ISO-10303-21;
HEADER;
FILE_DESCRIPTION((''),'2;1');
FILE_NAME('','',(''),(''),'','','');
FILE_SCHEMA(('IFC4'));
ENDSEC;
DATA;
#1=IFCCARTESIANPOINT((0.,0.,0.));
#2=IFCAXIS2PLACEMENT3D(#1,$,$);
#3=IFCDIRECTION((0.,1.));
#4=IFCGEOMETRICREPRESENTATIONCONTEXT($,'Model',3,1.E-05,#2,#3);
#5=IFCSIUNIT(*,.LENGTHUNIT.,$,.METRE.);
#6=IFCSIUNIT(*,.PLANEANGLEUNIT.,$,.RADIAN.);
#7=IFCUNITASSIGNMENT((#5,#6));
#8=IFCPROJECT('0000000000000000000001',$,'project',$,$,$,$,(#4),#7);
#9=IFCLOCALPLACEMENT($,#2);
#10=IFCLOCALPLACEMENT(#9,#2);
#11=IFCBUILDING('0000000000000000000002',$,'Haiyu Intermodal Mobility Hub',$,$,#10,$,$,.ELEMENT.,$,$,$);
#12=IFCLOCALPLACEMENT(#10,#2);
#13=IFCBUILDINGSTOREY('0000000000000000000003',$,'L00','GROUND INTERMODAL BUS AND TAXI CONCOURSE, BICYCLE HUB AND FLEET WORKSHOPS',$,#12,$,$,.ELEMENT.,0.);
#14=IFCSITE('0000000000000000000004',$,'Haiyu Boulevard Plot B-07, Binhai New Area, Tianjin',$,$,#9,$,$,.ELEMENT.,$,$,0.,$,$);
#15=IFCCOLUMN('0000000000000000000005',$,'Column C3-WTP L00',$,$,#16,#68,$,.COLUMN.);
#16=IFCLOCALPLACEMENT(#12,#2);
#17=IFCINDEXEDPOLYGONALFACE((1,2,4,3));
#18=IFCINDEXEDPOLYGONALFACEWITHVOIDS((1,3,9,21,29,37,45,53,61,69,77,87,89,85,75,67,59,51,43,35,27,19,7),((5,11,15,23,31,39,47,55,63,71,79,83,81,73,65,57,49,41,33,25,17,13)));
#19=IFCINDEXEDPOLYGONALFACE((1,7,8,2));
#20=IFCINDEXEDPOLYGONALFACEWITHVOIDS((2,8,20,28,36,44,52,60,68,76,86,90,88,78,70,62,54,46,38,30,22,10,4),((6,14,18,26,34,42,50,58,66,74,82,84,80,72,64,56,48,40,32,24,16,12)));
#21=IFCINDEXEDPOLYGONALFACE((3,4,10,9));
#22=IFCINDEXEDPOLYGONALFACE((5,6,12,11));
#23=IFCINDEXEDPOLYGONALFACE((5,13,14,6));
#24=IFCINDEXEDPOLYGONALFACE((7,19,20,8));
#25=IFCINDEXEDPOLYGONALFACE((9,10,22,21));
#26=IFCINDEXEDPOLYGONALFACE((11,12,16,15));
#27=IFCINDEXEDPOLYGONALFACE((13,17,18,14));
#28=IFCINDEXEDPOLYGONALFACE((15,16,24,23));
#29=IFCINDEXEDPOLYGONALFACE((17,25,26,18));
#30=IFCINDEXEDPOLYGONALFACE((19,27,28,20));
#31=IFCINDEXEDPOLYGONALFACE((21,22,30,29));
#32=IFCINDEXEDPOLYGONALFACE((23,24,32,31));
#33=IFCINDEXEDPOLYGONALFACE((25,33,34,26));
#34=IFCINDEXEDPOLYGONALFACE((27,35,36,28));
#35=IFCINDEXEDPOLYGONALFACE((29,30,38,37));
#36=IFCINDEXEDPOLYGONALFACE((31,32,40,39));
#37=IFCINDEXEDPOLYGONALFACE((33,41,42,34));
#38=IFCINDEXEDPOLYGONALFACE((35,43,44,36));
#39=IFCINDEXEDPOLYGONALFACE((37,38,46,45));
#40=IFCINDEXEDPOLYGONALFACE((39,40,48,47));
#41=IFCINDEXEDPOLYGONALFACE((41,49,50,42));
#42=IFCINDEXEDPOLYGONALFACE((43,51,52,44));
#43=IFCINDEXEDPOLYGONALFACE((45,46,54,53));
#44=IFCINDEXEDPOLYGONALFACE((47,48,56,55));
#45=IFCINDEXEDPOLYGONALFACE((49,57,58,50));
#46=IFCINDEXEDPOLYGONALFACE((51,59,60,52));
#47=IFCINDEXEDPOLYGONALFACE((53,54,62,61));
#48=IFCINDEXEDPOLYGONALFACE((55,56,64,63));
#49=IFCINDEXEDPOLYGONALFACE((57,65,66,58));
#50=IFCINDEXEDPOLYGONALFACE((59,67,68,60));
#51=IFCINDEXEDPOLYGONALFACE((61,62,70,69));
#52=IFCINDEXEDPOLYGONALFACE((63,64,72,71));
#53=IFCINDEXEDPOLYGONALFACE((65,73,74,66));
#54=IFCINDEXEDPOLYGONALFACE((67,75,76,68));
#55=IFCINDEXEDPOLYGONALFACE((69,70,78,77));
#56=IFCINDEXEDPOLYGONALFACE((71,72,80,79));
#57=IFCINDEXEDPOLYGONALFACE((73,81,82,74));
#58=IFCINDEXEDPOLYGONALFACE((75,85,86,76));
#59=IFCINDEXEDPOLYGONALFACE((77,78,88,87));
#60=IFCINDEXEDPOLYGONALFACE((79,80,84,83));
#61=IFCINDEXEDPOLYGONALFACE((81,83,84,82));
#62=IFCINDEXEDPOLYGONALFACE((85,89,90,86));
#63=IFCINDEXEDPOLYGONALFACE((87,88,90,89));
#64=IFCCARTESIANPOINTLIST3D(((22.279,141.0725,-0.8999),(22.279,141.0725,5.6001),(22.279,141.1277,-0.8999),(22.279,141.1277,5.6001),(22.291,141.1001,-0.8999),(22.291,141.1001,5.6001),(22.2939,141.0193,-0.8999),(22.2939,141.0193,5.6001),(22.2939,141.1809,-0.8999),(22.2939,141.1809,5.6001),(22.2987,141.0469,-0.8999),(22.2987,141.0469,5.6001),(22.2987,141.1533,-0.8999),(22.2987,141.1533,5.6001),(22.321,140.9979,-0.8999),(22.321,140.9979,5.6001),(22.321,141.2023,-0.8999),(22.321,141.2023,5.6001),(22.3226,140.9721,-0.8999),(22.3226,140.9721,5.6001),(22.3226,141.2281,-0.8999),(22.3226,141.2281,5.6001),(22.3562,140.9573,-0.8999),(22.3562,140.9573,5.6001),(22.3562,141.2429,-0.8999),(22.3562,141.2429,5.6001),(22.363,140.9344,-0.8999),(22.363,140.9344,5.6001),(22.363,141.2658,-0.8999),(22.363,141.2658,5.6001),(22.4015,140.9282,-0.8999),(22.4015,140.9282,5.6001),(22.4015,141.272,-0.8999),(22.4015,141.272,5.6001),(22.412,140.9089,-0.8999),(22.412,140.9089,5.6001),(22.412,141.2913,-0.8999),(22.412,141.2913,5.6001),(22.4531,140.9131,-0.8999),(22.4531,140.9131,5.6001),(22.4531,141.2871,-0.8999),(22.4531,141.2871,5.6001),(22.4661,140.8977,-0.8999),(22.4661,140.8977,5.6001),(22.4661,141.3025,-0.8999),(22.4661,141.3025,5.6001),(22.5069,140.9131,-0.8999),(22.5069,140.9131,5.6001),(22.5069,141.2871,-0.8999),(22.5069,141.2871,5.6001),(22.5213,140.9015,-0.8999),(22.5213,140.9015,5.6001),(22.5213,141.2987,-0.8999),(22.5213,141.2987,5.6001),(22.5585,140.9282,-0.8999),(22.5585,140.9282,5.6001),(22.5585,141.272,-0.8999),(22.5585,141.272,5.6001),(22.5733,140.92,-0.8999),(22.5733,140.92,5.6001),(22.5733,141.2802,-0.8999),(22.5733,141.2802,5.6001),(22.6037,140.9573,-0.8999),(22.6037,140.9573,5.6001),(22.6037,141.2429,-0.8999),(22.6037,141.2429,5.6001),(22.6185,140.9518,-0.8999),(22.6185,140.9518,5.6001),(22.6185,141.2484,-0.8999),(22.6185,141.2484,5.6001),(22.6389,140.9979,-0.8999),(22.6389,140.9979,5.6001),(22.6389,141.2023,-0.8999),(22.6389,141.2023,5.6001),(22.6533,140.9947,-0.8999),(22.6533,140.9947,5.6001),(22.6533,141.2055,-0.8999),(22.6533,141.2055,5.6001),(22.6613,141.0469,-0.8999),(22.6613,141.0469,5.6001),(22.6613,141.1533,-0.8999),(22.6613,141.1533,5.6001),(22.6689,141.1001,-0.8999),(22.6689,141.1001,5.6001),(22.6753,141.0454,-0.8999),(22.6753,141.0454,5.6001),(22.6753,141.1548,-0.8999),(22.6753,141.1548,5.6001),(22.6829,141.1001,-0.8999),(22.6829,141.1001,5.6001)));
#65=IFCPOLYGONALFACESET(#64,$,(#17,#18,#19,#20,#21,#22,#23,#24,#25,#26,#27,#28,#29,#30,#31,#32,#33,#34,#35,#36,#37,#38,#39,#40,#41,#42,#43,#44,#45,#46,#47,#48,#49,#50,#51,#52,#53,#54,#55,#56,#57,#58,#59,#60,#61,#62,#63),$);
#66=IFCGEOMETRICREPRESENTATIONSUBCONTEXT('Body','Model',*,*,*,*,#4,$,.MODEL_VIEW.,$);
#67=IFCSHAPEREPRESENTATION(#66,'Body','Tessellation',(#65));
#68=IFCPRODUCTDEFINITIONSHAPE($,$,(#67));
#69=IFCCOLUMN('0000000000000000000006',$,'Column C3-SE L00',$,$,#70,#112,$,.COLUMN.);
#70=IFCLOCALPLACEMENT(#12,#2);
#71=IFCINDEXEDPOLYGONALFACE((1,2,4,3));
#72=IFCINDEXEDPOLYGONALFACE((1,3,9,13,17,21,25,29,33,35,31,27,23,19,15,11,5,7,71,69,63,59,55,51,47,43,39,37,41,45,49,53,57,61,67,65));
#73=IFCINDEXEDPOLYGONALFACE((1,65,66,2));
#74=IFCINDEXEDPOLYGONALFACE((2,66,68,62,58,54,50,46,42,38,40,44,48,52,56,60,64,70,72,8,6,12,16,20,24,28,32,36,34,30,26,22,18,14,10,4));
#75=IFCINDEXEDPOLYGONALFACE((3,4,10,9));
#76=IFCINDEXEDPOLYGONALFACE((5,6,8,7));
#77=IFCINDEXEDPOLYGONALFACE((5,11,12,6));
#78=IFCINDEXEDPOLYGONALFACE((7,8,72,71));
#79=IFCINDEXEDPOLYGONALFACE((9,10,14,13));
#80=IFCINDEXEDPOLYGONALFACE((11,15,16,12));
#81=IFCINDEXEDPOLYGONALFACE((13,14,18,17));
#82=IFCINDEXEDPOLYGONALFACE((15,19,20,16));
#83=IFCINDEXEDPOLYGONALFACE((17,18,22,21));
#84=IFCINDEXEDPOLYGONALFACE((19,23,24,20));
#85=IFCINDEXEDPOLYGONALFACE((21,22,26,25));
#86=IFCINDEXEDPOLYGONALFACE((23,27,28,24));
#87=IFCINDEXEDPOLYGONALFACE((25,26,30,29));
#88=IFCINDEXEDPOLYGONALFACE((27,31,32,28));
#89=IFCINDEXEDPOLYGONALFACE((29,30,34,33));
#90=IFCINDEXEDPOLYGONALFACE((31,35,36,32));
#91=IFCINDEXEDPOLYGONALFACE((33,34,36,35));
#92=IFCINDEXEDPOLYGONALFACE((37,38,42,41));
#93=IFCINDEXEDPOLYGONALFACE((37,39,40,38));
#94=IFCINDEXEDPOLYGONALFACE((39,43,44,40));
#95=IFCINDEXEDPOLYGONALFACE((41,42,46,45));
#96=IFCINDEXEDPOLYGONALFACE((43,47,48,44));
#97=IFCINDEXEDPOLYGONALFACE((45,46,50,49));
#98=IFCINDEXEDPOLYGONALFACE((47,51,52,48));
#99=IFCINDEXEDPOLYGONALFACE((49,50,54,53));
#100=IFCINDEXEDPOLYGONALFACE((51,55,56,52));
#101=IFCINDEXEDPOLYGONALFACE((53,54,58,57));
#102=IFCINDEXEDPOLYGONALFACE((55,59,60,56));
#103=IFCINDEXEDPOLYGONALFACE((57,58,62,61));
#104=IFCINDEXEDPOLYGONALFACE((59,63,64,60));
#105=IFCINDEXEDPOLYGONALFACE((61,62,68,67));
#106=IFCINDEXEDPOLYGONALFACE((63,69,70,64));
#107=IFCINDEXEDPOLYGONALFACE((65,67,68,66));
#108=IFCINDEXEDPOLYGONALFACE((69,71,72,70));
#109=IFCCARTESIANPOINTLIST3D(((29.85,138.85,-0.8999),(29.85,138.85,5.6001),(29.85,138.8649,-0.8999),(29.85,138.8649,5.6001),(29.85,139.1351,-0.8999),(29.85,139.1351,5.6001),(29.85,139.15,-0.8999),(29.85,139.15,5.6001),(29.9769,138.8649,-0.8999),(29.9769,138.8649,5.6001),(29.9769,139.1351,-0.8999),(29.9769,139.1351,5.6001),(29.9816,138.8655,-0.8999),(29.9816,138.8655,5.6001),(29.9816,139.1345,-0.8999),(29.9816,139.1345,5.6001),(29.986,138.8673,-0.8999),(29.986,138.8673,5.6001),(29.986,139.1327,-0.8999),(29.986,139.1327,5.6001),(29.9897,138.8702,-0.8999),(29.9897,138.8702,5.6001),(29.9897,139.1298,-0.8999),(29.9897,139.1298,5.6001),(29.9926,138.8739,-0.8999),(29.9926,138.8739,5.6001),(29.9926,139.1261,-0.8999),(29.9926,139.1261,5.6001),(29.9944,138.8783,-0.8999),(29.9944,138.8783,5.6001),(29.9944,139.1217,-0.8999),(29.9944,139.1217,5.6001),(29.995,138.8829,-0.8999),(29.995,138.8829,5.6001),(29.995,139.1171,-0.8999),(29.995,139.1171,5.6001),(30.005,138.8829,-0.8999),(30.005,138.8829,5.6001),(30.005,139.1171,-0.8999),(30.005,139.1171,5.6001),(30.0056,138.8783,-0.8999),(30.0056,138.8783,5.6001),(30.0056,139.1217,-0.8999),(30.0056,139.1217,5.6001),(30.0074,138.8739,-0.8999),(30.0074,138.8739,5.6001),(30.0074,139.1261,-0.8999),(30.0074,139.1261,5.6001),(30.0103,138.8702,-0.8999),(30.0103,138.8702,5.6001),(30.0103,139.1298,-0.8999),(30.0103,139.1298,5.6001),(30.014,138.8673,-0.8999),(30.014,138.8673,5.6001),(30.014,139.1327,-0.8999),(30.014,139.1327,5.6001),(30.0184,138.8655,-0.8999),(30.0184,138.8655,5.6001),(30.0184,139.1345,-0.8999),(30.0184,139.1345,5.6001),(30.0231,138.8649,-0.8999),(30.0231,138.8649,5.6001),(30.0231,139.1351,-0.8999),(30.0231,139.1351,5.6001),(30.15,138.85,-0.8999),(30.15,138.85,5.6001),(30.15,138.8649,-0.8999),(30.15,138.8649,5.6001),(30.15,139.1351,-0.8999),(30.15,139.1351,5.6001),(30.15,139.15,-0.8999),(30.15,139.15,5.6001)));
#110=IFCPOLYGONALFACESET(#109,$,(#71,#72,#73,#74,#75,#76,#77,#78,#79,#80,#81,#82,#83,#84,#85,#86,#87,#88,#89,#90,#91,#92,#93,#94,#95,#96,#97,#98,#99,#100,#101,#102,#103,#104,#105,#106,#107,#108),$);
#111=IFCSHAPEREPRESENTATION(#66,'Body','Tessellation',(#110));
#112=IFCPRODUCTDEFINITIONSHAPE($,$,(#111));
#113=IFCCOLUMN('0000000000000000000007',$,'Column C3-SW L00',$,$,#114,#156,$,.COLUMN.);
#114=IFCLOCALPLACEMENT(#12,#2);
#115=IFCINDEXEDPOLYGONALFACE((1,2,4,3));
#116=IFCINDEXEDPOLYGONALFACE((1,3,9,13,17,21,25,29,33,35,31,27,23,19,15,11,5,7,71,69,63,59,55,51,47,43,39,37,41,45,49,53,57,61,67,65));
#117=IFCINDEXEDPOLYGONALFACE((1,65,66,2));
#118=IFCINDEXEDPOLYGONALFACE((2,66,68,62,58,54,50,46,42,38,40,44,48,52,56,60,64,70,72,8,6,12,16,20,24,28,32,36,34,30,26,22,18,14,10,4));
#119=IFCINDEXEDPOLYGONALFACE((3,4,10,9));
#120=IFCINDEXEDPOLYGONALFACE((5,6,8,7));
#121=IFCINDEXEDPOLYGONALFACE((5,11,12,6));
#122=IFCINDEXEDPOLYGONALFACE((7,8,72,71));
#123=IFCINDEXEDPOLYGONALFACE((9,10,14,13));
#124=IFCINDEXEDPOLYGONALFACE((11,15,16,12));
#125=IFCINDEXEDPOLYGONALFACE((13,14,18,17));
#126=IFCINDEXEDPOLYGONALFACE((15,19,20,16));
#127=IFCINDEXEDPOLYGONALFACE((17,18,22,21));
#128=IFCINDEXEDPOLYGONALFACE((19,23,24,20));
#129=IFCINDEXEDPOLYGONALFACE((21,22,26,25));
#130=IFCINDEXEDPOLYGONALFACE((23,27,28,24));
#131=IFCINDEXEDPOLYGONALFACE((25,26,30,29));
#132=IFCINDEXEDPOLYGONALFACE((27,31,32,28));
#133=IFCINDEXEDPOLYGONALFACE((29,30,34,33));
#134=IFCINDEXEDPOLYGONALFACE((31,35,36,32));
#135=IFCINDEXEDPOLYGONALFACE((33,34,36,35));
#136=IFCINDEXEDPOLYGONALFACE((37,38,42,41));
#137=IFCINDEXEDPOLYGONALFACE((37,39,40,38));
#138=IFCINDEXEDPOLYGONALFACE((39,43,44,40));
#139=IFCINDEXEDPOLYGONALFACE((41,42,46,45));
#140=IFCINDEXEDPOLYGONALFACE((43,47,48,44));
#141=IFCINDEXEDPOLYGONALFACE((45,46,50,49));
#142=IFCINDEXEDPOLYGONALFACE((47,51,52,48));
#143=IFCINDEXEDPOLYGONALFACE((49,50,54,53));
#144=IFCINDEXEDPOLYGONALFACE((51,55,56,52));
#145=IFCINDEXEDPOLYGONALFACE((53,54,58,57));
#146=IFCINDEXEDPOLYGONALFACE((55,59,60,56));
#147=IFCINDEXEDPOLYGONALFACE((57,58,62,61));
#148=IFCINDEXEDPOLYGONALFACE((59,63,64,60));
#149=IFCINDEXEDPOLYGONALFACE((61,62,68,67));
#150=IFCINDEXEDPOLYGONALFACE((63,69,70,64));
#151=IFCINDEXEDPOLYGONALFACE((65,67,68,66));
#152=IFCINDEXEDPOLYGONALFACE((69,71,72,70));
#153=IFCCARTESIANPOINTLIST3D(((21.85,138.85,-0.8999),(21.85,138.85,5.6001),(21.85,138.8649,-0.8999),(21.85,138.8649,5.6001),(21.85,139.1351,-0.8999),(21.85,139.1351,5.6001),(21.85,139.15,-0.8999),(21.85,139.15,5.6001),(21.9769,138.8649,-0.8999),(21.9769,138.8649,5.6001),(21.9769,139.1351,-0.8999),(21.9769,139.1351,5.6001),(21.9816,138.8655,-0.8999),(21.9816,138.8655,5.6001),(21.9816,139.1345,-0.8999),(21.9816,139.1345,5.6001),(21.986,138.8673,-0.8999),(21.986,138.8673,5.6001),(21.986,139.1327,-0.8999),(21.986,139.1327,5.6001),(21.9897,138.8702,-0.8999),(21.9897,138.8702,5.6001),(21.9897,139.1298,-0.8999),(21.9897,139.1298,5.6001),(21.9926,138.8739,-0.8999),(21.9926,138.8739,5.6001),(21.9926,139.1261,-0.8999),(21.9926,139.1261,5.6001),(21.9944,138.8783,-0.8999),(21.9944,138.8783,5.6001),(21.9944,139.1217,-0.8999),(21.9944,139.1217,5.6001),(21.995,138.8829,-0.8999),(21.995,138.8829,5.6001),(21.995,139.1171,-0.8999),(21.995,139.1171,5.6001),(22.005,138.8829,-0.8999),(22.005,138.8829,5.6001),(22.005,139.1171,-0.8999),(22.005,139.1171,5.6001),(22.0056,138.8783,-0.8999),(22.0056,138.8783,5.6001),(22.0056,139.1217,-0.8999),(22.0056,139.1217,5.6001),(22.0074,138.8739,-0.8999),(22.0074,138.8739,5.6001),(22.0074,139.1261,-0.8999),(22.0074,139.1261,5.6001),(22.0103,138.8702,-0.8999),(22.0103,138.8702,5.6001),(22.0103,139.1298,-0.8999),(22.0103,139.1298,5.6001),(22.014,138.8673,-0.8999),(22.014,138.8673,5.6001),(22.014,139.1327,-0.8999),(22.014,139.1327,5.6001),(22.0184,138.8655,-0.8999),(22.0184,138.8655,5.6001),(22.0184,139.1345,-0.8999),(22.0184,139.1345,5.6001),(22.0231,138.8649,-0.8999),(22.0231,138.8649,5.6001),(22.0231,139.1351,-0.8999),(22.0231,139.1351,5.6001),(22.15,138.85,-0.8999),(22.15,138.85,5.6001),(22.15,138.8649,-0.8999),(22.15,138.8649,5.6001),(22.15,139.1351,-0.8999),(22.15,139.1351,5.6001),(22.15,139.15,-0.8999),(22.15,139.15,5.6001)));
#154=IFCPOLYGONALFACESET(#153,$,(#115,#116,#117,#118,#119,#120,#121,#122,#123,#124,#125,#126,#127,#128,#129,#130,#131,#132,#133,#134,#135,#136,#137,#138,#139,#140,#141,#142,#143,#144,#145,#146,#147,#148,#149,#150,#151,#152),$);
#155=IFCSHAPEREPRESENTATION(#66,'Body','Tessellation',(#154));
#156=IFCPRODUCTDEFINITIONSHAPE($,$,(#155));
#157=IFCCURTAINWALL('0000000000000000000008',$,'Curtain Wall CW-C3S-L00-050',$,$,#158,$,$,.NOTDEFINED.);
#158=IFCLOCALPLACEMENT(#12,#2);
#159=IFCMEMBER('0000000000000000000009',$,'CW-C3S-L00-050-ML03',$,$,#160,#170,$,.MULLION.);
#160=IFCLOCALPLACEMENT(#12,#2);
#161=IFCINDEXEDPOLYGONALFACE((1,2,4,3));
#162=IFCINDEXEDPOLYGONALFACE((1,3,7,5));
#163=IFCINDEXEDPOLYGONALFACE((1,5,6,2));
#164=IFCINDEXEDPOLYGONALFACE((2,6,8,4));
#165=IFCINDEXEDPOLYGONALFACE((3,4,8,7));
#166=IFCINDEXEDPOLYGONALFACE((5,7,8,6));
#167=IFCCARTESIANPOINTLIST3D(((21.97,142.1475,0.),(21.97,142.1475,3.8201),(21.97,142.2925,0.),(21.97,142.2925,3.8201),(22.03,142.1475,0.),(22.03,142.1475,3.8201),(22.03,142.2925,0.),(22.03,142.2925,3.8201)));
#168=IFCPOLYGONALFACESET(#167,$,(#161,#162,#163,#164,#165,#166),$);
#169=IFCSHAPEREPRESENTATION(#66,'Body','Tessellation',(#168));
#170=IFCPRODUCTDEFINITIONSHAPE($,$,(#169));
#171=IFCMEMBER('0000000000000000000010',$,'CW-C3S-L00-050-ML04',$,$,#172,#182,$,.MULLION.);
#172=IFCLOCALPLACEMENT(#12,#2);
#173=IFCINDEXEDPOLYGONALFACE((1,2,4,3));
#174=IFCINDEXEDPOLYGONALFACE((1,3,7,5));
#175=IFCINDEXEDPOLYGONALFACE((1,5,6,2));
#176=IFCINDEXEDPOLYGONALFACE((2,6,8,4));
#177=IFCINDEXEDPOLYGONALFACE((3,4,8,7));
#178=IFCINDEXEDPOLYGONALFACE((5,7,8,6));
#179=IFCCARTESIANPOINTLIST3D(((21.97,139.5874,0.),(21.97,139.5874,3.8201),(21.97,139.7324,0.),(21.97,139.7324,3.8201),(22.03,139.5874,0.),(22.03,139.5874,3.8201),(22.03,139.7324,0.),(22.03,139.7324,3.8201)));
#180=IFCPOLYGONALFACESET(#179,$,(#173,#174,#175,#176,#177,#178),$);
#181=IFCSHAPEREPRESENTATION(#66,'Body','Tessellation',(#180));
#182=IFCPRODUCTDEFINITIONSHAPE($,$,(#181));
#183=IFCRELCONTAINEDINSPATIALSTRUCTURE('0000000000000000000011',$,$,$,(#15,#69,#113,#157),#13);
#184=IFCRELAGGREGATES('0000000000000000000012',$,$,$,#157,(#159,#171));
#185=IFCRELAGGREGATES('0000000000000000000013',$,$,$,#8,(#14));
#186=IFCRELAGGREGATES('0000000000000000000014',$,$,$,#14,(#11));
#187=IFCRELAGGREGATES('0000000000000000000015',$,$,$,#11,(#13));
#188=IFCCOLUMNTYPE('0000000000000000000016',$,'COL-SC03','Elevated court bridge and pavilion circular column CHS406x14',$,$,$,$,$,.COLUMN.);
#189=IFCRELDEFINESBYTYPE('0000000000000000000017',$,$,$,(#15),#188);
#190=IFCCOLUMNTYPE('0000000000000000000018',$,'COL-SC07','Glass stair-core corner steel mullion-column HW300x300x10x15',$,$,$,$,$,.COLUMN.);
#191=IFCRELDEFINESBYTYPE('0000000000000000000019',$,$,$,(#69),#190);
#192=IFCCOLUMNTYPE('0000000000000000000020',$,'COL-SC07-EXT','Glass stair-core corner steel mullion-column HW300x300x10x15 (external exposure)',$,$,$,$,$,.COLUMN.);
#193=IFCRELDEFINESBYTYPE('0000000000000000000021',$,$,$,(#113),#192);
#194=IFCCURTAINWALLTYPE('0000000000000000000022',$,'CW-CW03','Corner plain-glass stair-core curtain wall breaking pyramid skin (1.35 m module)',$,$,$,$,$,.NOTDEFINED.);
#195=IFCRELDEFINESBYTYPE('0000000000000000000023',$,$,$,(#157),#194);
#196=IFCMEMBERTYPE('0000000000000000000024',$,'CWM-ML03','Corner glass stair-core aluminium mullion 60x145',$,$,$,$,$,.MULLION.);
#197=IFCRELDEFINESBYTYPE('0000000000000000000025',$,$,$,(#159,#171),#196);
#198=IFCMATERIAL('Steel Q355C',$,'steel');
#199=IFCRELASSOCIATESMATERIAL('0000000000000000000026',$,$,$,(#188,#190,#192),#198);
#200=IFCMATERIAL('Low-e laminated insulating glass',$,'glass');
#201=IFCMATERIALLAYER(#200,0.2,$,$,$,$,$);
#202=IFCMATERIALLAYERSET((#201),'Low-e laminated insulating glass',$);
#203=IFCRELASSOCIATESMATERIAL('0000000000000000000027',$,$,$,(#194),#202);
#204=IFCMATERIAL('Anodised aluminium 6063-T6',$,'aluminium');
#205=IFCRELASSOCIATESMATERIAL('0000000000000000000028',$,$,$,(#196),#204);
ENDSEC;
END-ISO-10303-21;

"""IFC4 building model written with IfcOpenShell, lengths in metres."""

from ifc_helpers import new_model, si_unit, direction, frame, origin, origin_2d, place, context, subcontext, project, spatial, rectangle, hollow_circle, i_section, extrude, material, layer, layer_set, material_profile, profile_set, type_object, element, aggregate, save


model = new_model("IFC4")

# Units and contexts
model_context = context("Model", 3, precision=1e-05, world=origin(), true_north=direction((0.0, 1.0)))
body_context = subcontext(model_context, "Body", "Model", "MODEL_VIEW")
ifc_project = project(units=[si_unit("LENGTHUNIT", "METRE"), si_unit("PLANEANGLEUNIT", "RADIAN")], contexts=[model_context])

# Site, building, storey
site_placement = place(None, origin())
site = spatial("IfcSite", under=ifc_project, at=site_placement, Name="Haiyu Boulevard Plot B-07, Binhai New Area, Tianjin", CompositionType="ELEMENT", RefElevation=0.0)
building_placement = place(site_placement, origin())
building = spatial("IfcBuilding", under=site, at=building_placement, Name="Haiyu Intermodal Mobility Hub", CompositionType="ELEMENT")
storey_placement = place(building_placement, origin())
storey = spatial("IfcBuildingStorey", under=building, at=storey_placement, Name="L00", Description="GROUND INTERMODAL BUS AND TAXI CONCOURSE, BICYCLE HUB AND FLEET WORKSHOPS", CompositionType="ELEMENT", Elevation=0.0)

# Columns
ifc_material_1 = material(Name="Steel Q355C", Category="steel")
ifc_material_profile_1 = material_profile(ifc_material_1, hollow_circle(Radius=0.2029, WallThickness=0.0139, at=origin_2d()), Name="CHS406x14")
ifc_profile_set_1 = profile_set([ifc_material_profile_1], Name="Steel Q355C")
column_type_1 = type_object("IfcColumnType", Name="COL-SC03", Description="Elevated court bridge and pavilion circular column CHS406x14", PredefinedType="COLUMN", material=ifc_profile_set_1)
for number, where, z_axis, x_axis, name in (
    (1, (22.48, 141.1001, -0.8999), (0.0, 0.0, 1.0), (1.0, 0.0, 0.0), "Column C3-WTP L00"),
):
    element("IfcColumn", number, at=place(storey_placement, frame(where, z_axis=z_axis, x_axis=x_axis)), inside=storey, type_object=column_type_1, Name=name, PredefinedType="COLUMN", context=body_context, shape_type="SweptSolid", body=[
        extrude(hollow_circle(Radius=0.2029, WallThickness=0.0139, at=origin_2d()), origin(), (0.0, 0.0, 1.0), 6.5),
    ])
ifc_material_profile_2 = material_profile(ifc_material_1, i_section(OverallWidth=0.3, OverallDepth=0.3, WebThickness=0.01, FlangeThickness=0.0149, FilletRadius=0.0181, at=origin_2d()), Name="HW300x300x10x15")
ifc_profile_set_2 = profile_set([ifc_material_profile_2], Name="Steel Q355C")
column_type_2 = type_object("IfcColumnType", Name="COL-SC07", Description="Glass stair-core corner steel mullion-column HW300x300x10x15", PredefinedType="COLUMN", material=ifc_profile_set_2)
column_1_placement = place(storey_placement, frame((30.0, 139.0, -0.8999), z_axis=(0.0, 0.0, 1.0), x_axis=(1.0, 0.0, 0.0)))
element("IfcColumn", 2, at=column_1_placement, inside=storey, type_object=column_type_2, Name="Column C3-SE L00", PredefinedType="COLUMN", context=body_context, shape_type="SweptSolid", body=[
    extrude(i_section(OverallWidth=0.3, OverallDepth=0.3, WebThickness=0.01, FlangeThickness=0.0149, FilletRadius=0.0181, at=origin_2d()), origin(), (0.0, 0.0, 1.0), 6.5),
])
ifc_material_profile_3 = material_profile(ifc_material_1, i_section(OverallWidth=0.3, OverallDepth=0.3, WebThickness=0.01, FlangeThickness=0.0149, FilletRadius=0.0181, at=origin_2d()), Name="HW300x300x10x15")
ifc_profile_set_3 = profile_set([ifc_material_profile_3], Name="Steel Q355C")
column_type_3 = type_object("IfcColumnType", Name="COL-SC07-EXT", Description="Glass stair-core corner steel mullion-column HW300x300x10x15 (external exposure)", PredefinedType="COLUMN", material=ifc_profile_set_3)
column_2_placement = place(storey_placement, frame((22.0, 139.0, -0.8999), z_axis=(0.0, 0.0, 1.0), x_axis=(1.0, 0.0, 0.0)))
element("IfcColumn", 3, at=column_2_placement, inside=storey, type_object=column_type_3, Name="Column C3-SW L00", PredefinedType="COLUMN", context=body_context, shape_type="SweptSolid", body=[
    extrude(i_section(OverallWidth=0.3, OverallDepth=0.3, WebThickness=0.01, FlangeThickness=0.0149, FilletRadius=0.0181, at=origin_2d()), origin(), (0.0, 0.0, 1.0), 6.5),
])

# Curtain wall, members
ifc_material_2 = material(Name="Low-e laminated insulating glass", Category="glass")
ifc_layer_1 = layer(ifc_material_2, 0.2)
ifc_layer_set_1 = layer_set([ifc_layer_1], Name="Low-e laminated insulating glass")
curtain_wall_type = type_object("IfcCurtainWallType", Name="CW-CW03", Description="Corner plain-glass stair-core curtain wall breaking pyramid skin (1.35 m module)", PredefinedType="NOTDEFINED", material=ifc_layer_set_1)
curtain_wall_placement = place(storey_placement, origin())
curtain_wall = element("IfcCurtainWall", 4, at=curtain_wall_placement, inside=storey, type_object=curtain_wall_type, Name="Curtain Wall CW-C3S-L00-050", PredefinedType="NOTDEFINED")
ifc_material_3 = material(Name="Anodised aluminium 6063-T6", Category="aluminium")
ifc_material_profile_4 = material_profile(ifc_material_3, rectangle(XDim=0.0601, YDim=0.145, at=origin_2d()), Name="ALU60x145")
ifc_profile_set_4 = profile_set([ifc_material_profile_4], Name="Anodised aluminium 6063-T6")
member_type = type_object("IfcMemberType", Name="CWM-ML03", Description="Corner glass stair-core aluminium mullion 60x145", PredefinedType="MULLION", material=ifc_profile_set_4)
member_1_placement = place(storey_placement, frame((22.0, 142.22, 0.0), z_axis=(0.0, 0.0, 1.0), x_axis=(1.0, 0.0, 0.0)))
member_1 = element("IfcMember", 5, at=member_1_placement, type_object=member_type, Name="CW-C3S-L00-050-ML03", PredefinedType="MULLION", context=body_context, shape_type="SweptSolid", body=[
    extrude(rectangle(XDim=0.0601, YDim=0.145, at=origin_2d()), origin(), (0.0, 0.0, 1.0), 3.8201),
])
member_2_placement = place(storey_placement, frame((22.0, 139.6599, 0.0), z_axis=(0.0, 0.0, 1.0), x_axis=(1.0, 0.0, 0.0)))
member_2 = element("IfcMember", 6, at=member_2_placement, type_object=member_type, Name="CW-C3S-L00-050-ML04", PredefinedType="MULLION", context=body_context, shape_type="SweptSolid", body=[
    extrude(rectangle(XDim=0.0601, YDim=0.145, at=origin_2d()), origin(), (0.0, 0.0, 1.0), 3.8201),
])
aggregate(curtain_wall, [member_1, member_2])

save(model, "model.ifc")
